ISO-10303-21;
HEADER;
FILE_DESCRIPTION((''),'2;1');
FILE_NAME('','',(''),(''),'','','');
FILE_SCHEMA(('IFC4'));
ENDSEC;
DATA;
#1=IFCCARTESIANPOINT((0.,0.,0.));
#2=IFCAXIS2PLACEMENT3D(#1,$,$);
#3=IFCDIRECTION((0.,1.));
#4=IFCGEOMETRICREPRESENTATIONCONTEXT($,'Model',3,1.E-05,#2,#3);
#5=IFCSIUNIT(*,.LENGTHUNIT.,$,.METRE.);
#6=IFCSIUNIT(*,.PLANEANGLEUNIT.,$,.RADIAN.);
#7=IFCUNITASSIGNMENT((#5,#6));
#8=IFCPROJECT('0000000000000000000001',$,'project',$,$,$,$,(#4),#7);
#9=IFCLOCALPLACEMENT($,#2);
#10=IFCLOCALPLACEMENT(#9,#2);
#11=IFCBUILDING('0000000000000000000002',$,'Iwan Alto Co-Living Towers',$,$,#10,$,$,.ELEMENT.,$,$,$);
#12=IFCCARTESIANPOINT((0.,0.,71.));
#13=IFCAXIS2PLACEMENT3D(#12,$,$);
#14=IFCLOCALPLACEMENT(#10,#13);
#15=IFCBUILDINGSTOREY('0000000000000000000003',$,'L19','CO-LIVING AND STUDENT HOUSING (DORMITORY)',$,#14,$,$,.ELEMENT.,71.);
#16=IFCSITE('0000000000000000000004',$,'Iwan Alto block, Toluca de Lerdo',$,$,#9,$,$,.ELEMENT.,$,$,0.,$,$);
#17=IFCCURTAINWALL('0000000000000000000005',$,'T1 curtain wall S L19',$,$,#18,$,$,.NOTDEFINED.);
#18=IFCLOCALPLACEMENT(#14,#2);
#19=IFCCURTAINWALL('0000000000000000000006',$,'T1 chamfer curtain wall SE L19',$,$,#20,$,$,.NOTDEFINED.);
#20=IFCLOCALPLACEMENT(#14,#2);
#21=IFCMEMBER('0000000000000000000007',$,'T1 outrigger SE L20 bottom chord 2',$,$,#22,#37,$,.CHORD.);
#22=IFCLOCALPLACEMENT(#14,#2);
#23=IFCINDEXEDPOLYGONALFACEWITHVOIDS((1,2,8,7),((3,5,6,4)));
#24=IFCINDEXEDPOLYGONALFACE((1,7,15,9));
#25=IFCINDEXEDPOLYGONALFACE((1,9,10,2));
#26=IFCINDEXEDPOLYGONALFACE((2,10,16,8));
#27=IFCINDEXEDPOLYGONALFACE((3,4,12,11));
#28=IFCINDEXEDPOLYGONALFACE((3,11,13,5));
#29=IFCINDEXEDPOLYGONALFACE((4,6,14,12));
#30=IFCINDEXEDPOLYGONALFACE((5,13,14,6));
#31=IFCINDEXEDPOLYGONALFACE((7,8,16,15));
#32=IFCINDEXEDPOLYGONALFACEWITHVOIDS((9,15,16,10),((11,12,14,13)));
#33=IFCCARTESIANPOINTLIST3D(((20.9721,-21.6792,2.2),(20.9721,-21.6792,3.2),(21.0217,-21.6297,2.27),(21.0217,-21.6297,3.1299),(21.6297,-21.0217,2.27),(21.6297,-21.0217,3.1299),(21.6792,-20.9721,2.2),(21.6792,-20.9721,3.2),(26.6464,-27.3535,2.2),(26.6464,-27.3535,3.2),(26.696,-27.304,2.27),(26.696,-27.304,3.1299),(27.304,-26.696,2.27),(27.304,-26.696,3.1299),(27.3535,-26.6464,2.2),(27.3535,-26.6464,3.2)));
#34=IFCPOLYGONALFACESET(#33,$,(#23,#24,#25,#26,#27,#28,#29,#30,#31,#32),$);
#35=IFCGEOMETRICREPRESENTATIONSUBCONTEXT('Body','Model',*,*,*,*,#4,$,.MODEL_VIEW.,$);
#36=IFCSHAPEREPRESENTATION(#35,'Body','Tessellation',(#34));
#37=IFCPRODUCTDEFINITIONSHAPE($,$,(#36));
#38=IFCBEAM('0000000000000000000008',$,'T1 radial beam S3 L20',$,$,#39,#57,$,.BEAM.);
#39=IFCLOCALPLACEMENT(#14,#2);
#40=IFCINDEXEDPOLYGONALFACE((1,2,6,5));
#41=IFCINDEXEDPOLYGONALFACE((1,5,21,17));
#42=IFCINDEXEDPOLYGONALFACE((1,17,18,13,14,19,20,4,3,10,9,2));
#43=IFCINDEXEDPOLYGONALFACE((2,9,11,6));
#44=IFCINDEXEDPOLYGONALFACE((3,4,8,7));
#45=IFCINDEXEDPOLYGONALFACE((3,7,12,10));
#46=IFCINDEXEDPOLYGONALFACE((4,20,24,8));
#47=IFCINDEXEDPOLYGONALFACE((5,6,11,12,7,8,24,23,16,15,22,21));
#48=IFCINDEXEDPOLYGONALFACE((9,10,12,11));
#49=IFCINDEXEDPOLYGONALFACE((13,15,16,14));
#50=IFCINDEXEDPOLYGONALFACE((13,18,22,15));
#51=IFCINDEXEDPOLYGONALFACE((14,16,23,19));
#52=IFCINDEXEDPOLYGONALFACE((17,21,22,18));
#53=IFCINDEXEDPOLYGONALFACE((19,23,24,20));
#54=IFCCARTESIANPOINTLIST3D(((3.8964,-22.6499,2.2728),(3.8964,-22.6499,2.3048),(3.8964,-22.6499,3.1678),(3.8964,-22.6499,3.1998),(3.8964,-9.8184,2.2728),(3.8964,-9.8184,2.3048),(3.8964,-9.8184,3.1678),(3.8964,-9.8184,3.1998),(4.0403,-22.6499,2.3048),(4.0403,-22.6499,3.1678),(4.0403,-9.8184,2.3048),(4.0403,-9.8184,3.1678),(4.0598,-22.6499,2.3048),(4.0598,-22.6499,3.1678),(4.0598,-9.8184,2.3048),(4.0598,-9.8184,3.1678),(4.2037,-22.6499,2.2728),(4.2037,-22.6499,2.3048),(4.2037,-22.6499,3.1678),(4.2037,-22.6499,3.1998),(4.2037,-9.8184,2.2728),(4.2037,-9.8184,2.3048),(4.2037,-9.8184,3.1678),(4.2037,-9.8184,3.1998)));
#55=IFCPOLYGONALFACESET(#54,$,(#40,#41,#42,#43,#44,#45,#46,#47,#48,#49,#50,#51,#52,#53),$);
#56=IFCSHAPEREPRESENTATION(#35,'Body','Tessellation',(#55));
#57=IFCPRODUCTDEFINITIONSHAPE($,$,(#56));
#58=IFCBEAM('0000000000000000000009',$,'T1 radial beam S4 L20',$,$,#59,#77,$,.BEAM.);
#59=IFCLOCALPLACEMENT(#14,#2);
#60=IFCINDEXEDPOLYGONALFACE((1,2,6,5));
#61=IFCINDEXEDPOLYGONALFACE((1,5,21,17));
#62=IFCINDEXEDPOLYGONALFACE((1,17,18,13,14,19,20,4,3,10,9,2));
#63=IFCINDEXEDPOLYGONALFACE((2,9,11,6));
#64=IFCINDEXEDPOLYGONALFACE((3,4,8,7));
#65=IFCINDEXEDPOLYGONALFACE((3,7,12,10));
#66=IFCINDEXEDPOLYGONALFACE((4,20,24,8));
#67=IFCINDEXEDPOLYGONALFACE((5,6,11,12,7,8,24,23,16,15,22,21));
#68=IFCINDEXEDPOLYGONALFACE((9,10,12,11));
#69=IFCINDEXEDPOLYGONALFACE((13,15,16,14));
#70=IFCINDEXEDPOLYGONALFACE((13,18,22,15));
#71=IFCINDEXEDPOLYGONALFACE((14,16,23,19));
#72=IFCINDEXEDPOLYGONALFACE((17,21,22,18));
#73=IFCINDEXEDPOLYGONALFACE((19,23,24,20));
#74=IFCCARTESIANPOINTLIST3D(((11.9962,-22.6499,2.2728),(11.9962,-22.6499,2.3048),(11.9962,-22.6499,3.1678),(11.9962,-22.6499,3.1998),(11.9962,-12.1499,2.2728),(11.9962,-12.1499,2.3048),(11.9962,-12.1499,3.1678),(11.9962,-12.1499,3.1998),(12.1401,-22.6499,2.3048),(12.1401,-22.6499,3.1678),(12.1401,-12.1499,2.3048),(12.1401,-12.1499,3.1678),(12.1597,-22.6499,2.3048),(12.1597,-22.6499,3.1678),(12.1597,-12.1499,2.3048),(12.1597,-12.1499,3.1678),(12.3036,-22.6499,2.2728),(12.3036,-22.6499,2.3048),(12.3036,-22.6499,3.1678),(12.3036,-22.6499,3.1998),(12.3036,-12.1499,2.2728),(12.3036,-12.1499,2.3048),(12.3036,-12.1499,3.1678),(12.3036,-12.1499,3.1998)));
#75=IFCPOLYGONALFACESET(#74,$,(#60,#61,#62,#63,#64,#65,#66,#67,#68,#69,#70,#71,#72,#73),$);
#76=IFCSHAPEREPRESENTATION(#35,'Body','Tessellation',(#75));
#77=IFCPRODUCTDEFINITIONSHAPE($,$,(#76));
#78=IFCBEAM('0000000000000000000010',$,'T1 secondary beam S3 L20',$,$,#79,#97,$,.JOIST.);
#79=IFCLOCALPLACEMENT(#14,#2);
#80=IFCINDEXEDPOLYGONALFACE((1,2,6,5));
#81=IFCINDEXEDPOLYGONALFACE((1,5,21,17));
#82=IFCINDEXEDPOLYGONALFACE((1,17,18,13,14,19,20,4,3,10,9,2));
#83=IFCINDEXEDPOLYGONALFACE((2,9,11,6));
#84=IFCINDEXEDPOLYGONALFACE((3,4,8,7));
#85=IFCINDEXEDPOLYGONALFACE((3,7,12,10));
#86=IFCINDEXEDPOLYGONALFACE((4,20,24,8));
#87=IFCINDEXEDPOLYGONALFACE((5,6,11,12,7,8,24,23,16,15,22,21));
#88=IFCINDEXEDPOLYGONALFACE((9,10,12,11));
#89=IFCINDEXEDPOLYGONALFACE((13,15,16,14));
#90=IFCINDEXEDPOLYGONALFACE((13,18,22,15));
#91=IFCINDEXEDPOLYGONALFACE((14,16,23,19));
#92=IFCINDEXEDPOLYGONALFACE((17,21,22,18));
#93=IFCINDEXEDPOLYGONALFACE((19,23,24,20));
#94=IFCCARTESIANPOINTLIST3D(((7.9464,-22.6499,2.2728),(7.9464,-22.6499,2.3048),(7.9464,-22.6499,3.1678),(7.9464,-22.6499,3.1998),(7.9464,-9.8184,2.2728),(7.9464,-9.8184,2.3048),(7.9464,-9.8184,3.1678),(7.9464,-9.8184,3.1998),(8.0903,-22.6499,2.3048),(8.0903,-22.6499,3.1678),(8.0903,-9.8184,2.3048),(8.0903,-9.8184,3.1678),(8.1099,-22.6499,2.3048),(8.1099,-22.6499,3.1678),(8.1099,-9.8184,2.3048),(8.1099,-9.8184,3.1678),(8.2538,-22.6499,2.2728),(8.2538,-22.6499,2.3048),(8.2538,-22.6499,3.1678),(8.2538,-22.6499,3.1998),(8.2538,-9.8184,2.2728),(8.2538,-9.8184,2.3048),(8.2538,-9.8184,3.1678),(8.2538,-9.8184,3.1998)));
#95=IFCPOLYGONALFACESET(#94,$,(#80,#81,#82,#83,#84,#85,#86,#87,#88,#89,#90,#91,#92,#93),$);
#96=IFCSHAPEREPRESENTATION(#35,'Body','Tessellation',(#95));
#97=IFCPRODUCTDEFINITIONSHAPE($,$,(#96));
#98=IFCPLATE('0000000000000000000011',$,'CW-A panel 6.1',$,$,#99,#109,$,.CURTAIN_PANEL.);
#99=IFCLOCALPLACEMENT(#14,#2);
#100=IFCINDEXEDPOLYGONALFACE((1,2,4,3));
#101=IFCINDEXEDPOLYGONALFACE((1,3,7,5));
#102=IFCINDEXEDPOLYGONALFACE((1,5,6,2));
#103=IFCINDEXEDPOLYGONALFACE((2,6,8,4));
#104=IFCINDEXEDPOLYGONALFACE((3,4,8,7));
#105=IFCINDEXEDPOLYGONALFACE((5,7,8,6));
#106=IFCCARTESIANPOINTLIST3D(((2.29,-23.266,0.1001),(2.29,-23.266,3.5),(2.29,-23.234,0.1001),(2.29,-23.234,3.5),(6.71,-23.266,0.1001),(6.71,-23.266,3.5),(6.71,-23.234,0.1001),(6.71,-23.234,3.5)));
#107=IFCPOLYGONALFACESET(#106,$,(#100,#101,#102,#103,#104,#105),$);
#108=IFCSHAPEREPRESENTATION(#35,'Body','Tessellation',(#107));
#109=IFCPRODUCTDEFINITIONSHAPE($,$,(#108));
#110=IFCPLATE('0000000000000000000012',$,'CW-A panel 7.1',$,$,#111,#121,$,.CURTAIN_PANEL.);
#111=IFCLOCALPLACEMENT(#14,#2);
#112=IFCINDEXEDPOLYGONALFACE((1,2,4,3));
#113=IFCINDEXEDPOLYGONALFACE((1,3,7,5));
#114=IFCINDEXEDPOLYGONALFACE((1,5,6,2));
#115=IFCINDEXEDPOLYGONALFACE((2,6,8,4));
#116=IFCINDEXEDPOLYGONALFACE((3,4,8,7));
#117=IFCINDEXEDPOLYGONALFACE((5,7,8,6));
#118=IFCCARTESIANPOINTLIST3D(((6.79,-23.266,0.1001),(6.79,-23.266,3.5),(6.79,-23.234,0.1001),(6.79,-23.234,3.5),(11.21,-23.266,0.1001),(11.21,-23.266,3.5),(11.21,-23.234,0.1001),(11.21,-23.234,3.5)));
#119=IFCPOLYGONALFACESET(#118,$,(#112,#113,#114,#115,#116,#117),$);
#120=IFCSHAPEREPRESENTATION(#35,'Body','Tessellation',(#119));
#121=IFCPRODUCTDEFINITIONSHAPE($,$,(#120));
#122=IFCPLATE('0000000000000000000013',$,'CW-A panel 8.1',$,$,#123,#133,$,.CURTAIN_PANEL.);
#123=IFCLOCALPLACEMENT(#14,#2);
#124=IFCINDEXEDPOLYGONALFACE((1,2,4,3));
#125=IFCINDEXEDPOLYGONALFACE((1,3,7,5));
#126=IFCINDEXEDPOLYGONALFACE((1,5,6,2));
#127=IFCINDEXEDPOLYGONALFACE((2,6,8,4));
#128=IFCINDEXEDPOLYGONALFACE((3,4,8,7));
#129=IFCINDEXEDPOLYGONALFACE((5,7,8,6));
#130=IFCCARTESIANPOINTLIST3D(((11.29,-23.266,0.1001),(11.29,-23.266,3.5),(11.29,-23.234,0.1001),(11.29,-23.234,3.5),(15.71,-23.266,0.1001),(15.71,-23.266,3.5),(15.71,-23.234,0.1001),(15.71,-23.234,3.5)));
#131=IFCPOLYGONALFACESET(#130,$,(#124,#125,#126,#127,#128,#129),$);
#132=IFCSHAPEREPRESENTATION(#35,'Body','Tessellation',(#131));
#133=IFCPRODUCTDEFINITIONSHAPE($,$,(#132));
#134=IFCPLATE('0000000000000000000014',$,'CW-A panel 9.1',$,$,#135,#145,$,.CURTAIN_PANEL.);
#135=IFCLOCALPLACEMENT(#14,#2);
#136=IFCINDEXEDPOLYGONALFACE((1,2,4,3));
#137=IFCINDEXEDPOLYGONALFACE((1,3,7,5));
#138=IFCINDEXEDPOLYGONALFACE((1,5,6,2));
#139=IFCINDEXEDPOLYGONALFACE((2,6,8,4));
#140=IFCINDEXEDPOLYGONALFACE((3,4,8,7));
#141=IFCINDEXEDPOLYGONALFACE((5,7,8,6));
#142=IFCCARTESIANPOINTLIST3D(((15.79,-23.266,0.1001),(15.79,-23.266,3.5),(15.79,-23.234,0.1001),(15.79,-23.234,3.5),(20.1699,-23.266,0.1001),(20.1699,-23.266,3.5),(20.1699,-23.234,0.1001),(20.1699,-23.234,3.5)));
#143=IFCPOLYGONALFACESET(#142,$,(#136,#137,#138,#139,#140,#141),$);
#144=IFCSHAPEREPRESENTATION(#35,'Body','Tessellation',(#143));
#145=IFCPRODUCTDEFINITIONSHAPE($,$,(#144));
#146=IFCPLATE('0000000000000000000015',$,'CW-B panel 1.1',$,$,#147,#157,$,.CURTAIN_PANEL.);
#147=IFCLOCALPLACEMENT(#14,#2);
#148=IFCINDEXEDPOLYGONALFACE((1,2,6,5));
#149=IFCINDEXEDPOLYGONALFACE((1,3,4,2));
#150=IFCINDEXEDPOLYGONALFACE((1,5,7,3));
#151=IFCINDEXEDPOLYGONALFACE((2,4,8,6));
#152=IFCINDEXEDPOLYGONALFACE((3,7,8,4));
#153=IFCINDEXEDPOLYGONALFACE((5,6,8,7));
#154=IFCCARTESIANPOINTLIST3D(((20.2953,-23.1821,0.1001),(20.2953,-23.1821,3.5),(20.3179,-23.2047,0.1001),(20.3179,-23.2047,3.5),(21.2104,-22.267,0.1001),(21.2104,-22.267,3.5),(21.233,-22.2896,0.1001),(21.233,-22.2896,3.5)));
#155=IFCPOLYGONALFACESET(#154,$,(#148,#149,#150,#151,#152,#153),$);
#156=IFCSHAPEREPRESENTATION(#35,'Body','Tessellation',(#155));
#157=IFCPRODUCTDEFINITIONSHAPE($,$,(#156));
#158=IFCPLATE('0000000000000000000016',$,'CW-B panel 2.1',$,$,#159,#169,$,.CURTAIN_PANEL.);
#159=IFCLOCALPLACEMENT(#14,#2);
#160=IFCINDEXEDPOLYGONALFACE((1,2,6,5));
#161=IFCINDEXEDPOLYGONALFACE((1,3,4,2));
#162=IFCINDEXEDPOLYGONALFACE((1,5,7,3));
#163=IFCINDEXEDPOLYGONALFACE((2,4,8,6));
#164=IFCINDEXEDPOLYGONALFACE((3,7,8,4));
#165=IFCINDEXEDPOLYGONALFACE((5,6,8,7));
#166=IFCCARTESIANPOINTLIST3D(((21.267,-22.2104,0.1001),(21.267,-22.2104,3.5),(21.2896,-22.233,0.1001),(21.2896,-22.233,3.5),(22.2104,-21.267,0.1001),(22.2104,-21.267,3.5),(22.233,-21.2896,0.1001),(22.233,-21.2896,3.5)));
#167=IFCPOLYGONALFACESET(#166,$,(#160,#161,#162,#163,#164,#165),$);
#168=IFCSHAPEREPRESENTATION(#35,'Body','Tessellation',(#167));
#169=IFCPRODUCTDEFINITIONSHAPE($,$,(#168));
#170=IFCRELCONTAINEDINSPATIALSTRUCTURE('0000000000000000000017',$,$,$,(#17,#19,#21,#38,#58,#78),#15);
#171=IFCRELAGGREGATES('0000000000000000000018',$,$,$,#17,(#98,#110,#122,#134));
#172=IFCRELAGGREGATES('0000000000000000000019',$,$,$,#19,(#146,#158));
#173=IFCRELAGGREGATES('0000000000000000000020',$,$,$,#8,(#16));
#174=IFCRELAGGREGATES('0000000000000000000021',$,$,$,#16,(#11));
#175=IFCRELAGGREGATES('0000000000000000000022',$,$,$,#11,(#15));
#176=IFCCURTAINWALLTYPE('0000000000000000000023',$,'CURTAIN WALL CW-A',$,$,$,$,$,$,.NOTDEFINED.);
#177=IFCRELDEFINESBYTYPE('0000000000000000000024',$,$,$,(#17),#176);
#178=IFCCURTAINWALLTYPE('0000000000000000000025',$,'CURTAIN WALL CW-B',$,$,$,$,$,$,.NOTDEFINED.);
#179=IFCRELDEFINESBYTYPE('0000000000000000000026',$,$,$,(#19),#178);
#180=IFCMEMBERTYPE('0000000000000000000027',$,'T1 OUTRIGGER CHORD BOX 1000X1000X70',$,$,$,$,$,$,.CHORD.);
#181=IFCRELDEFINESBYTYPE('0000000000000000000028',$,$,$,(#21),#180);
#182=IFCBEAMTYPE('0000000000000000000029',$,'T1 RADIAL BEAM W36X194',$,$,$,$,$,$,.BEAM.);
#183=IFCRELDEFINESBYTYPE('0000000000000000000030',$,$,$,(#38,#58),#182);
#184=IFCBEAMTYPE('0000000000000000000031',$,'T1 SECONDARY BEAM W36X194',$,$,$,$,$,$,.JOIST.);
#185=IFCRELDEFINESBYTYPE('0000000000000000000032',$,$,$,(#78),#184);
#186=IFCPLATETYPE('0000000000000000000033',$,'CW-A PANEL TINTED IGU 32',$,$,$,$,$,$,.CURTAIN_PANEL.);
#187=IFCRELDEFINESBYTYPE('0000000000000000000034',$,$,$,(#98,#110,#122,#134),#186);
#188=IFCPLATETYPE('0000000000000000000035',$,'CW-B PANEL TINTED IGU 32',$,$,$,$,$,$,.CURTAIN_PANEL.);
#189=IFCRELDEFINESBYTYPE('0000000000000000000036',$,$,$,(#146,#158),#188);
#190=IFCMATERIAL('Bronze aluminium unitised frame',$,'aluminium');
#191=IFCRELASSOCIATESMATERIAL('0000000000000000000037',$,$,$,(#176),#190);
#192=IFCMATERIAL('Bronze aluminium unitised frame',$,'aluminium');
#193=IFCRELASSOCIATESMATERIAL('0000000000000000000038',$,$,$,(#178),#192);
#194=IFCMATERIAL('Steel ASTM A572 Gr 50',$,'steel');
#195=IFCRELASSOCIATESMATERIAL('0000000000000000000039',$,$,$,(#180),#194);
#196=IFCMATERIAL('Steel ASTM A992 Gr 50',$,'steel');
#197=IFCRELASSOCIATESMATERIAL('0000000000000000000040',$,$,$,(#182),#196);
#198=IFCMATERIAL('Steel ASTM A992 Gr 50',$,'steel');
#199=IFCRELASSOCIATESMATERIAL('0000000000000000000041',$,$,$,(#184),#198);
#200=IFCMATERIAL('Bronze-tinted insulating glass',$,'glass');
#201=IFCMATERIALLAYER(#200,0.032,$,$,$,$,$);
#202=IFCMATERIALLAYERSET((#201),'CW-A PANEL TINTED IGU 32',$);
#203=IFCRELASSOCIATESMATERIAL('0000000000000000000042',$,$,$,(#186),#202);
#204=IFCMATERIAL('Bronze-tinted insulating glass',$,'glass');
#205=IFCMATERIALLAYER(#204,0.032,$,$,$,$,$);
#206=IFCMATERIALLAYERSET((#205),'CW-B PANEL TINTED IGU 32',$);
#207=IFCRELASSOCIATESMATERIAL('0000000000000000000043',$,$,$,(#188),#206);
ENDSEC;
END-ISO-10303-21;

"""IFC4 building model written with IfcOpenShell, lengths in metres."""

from ifc_helpers import new_model, si_unit, direction, frame, origin, origin_2d, place, context, subcontext, project, spatial, rectangle, hollow_rectangle, i_section, extrude, material, layer, layer_set, material_profile, profile_set, type_object, element, aggregate, save


model = new_model("IFC4")

# Units and contexts
model_context = context("Model", 3, precision=1e-05, world=origin(), true_north=direction((0.0, 1.0)))
body_context = subcontext(model_context, "Body", "Model", "MODEL_VIEW")
ifc_project = project(units=[si_unit("LENGTHUNIT", "METRE"), si_unit("PLANEANGLEUNIT", "RADIAN")], contexts=[model_context])

# Site, building, storey
site_placement = place(None, origin())
site = spatial("IfcSite", under=ifc_project, at=site_placement, Name="Iwan Alto block, Toluca de Lerdo", CompositionType="ELEMENT", RefElevation=0.0)
building_placement = place(site_placement, origin())
building = spatial("IfcBuilding", under=site, at=building_placement, Name="Iwan Alto Co-Living Towers", CompositionType="ELEMENT")
storey_placement = place(building_placement, frame((0.0, 0.0, 71.0)))
storey = spatial("IfcBuildingStorey", under=building, at=storey_placement, Name="L19", Description="CO-LIVING AND STUDENT HOUSING (DORMITORY)", CompositionType="ELEMENT", Elevation=71.0)

# Curtain walls
ifc_material_1 = material(Name="Bronze aluminium unitised frame", Category="aluminium")
curtain_wall_type_1 = type_object("IfcCurtainWallType", Name="CURTAIN WALL CW-A", PredefinedType="NOTDEFINED", material=ifc_material_1)
curtain_wall_1_placement = place(storey_placement, origin())
curtain_wall_1 = element("IfcCurtainWall", 1, at=curtain_wall_1_placement, inside=storey, type_object=curtain_wall_type_1, Name="T1 curtain wall S L19", PredefinedType="NOTDEFINED")
ifc_material_2 = material(Name="Bronze aluminium unitised frame", Category="aluminium")
curtain_wall_type_2 = type_object("IfcCurtainWallType", Name="CURTAIN WALL CW-B", PredefinedType="NOTDEFINED", material=ifc_material_2)
curtain_wall_2_placement = place(storey_placement, origin())
curtain_wall_2 = element("IfcCurtainWall", 2, at=curtain_wall_2_placement, inside=storey, type_object=curtain_wall_type_2, Name="T1 chamfer curtain wall SE L19", PredefinedType="NOTDEFINED")

# Member
ifc_material_3 = material(Name="Steel ASTM A572 Gr 50", Category="steel")
ifc_material_profile_1 = material_profile(ifc_material_3, hollow_rectangle(XDim=1.0, YDim=1.0, WallThickness=0.0701, at=origin_2d()), Name="BOX 1000X1000X70")
ifc_profile_set_1 = profile_set([ifc_material_profile_1], Name="Steel ASTM A572 Gr 50")
member_type_1 = type_object("IfcMemberType", Name="T1 OUTRIGGER CHORD BOX 1000X1000X70", PredefinedType="CHORD", material=ifc_profile_set_1)
member_1_placement = place(storey_placement, frame((21.3257, -21.3257, 2.7), z_axis=(0.707107, -0.707107, 0.0), x_axis=(0.707107, 0.707107, 0.0)))
element("IfcMember", 3, at=member_1_placement, inside=storey, type_object=member_type_1, Name="T1 outrigger SE L20 bottom chord 2", PredefinedType="CHORD", context=body_context, shape_type="SweptSolid", body=[
    extrude(hollow_rectangle(XDim=1.0, YDim=1.0, WallThickness=0.0701, at=origin_2d()), origin(), (0.0, 0.0, 1.0), 8.0247),
])

# Beams
ifc_material_4 = material(Name="Steel ASTM A992 Gr 50", Category="steel")
ifc_material_profile_2 = material_profile(ifc_material_4, i_section(OverallWidth=0.3074, OverallDepth=0.927, WebThickness=0.0195, FlangeThickness=0.032, at=origin_2d()), Name="W36X194")
ifc_profile_set_2 = profile_set([ifc_material_profile_2], Name="Steel ASTM A992 Gr 50")
beam_type_1 = type_object("IfcBeamType", Name="T1 RADIAL BEAM W36X194", PredefinedType="BEAM", material=ifc_profile_set_2)
beam_1_placement = place(storey_placement, frame((4.05, -22.6499, 2.7363), z_axis=(0.0, 1.0, 0.0), x_axis=(-1.0, 0.0, 0.0)))
element("IfcBeam", 4, at=beam_1_placement, inside=storey, type_object=beam_type_1, Name="T1 radial beam S3 L20", PredefinedType="BEAM", context=body_context, shape_type="SweptSolid", body=[
    extrude(i_section(OverallWidth=0.3074, OverallDepth=0.927, WebThickness=0.0195, FlangeThickness=0.032, at=origin_2d()), origin(), (0.0, 0.0, 1.0), 12.8315),
])
beam_2_placement = place(storey_placement, frame((12.1499, -22.6499, 2.7363), z_axis=(0.0, 1.0, 0.0), x_axis=(-1.0, 0.0, 0.0)))
element("IfcBeam", 5, at=beam_2_placement, inside=storey, type_object=beam_type_1, Name="T1 radial beam S4 L20", PredefinedType="BEAM", context=body_context, shape_type="SweptSolid", body=[
    extrude(i_section(OverallWidth=0.3074, OverallDepth=0.927, WebThickness=0.0195, FlangeThickness=0.032, at=origin_2d()), origin(), (0.0, 0.0, 1.0), 10.5),
])
ifc_material_5 = material(Name="Steel ASTM A992 Gr 50", Category="steel")
ifc_material_profile_3 = material_profile(ifc_material_5, i_section(OverallWidth=0.3074, OverallDepth=0.927, WebThickness=0.0195, FlangeThickness=0.032, at=origin_2d()), Name="W36X194")
ifc_profile_set_3 = profile_set([ifc_material_profile_3], Name="Steel ASTM A992 Gr 50")
beam_type_2 = type_object("IfcBeamType", Name="T1 SECONDARY BEAM W36X194", PredefinedType="JOIST", material=ifc_profile_set_3)
beam_3_placement = place(storey_placement, frame((8.1001, -22.6499, 2.7363), z_axis=(0.0, 1.0, 0.0), x_axis=(-1.0, 0.0, 0.0)))
element("IfcBeam", 6, at=beam_3_placement, inside=storey, type_object=beam_type_2, Name="T1 secondary beam S3 L20", PredefinedType="JOIST", context=body_context, shape_type="SweptSolid", body=[
    extrude(i_section(OverallWidth=0.3074, OverallDepth=0.927, WebThickness=0.0195, FlangeThickness=0.032, at=origin_2d()), origin(), (0.0, 0.0, 1.0), 12.8315),
])

# Plates
ifc_material_6 = material(Name="Bronze-tinted insulating glass", Category="glass")
ifc_layer_1 = layer(ifc_material_6, 0.032)
ifc_layer_set_1 = layer_set([ifc_layer_1], Name="CW-A PANEL TINTED IGU 32")
plate_type_1 = type_object("IfcPlateType", Name="CW-A PANEL TINTED IGU 32", PredefinedType="CURTAIN_PANEL", material=ifc_layer_set_1)
plate_1_placement = place(storey_placement, frame((4.5, -23.25, 0.1001), z_axis=(0.0, 0.0, 1.0), x_axis=(1.0, 0.0, 0.0)))
plate_1 = element("IfcPlate", 7, at=plate_1_placement, type_object=plate_type_1, Name="CW-A panel 6.1", PredefinedType="CURTAIN_PANEL", context=body_context, shape_type="SweptSolid", body=[
    extrude(rectangle(XDim=4.4199, YDim=0.032, at=origin_2d()), origin(), (0.0, 0.0, 1.0), 3.3999),
])
plate_2_placement = place(storey_placement, frame((9.0, -23.25, 0.1001), z_axis=(0.0, 0.0, 1.0), x_axis=(1.0, 0.0, 0.0)))
plate_2 = element("IfcPlate", 8, at=plate_2_placement, type_object=plate_type_1, Name="CW-A panel 7.1", PredefinedType="CURTAIN_PANEL", context=body_context, shape_type="SweptSolid", body=[
    extrude(rectangle(XDim=4.4199, YDim=0.032, at=origin_2d()), origin(), (0.0, 0.0, 1.0), 3.3999),
])
plate_3_placement = place(storey_placement, frame((13.5, -23.25, 0.1001), z_axis=(0.0, 0.0, 1.0), x_axis=(1.0, 0.0, 0.0)))
plate_3 = element("IfcPlate", 9, at=plate_3_placement, type_object=plate_type_1, Name="CW-A panel 8.1", PredefinedType="CURTAIN_PANEL", context=body_context, shape_type="SweptSolid", body=[
    extrude(rectangle(XDim=4.4199, YDim=0.032, at=origin_2d()), origin(), (0.0, 0.0, 1.0), 3.3999),
])
plate_4_placement = place(storey_placement, frame((17.98, -23.25, 0.1001), z_axis=(0.0, 0.0, 1.0), x_axis=(1.0, 0.0, 0.0)))
plate_4 = element("IfcPlate", 10, at=plate_4_placement, type_object=plate_type_1, Name="CW-A panel 9.1", PredefinedType="CURTAIN_PANEL", context=body_context, shape_type="SweptSolid", body=[
    extrude(rectangle(XDim=4.3799, YDim=0.032, at=origin_2d()), origin(), (0.0, 0.0, 1.0), 3.3999),
])
aggregate(curtain_wall_1, [plate_1, plate_2, plate_3, plate_4])
ifc_material_7 = material(Name="Bronze-tinted insulating glass", Category="glass")
ifc_layer_2 = layer(ifc_material_7, 0.032)
ifc_layer_set_2 = layer_set([ifc_layer_2], Name="CW-B PANEL TINTED IGU 32")
plate_type_2 = type_object("IfcPlateType", Name="CW-B PANEL TINTED IGU 32", PredefinedType="CURTAIN_PANEL", material=ifc_layer_set_2)
plate_5_placement = place(storey_placement, frame((20.7642, -22.7358, 0.1001), z_axis=(0.0, 0.0, 1.0), x_axis=(0.707107, 0.707107, 0.0)))
plate_5 = element("IfcPlate", 11, at=plate_5_placement, type_object=plate_type_2, Name="CW-B panel 1.1", PredefinedType="CURTAIN_PANEL", context=body_context, shape_type="SweptSolid", body=[
    extrude(rectangle(XDim=1.2942, YDim=0.032, at=origin_2d()), origin(), (0.0, 0.0, 1.0), 3.3999),
])
plate_6_placement = place(storey_placement, frame((21.75, -21.75, 0.1001), z_axis=(0.0, 0.0, 1.0), x_axis=(0.707107, 0.707107, 0.0)))
plate_6 = element("IfcPlate", 12, at=plate_6_placement, type_object=plate_type_2, Name="CW-B panel 2.1", PredefinedType="CURTAIN_PANEL", context=body_context, shape_type="SweptSolid", body=[
    extrude(rectangle(XDim=1.3342, YDim=0.032, at=origin_2d()), origin(), (0.0, 0.0, 1.0), 3.3999),
])
aggregate(curtain_wall_2, [plate_5, plate_6])

save(model, "model.ifc")
